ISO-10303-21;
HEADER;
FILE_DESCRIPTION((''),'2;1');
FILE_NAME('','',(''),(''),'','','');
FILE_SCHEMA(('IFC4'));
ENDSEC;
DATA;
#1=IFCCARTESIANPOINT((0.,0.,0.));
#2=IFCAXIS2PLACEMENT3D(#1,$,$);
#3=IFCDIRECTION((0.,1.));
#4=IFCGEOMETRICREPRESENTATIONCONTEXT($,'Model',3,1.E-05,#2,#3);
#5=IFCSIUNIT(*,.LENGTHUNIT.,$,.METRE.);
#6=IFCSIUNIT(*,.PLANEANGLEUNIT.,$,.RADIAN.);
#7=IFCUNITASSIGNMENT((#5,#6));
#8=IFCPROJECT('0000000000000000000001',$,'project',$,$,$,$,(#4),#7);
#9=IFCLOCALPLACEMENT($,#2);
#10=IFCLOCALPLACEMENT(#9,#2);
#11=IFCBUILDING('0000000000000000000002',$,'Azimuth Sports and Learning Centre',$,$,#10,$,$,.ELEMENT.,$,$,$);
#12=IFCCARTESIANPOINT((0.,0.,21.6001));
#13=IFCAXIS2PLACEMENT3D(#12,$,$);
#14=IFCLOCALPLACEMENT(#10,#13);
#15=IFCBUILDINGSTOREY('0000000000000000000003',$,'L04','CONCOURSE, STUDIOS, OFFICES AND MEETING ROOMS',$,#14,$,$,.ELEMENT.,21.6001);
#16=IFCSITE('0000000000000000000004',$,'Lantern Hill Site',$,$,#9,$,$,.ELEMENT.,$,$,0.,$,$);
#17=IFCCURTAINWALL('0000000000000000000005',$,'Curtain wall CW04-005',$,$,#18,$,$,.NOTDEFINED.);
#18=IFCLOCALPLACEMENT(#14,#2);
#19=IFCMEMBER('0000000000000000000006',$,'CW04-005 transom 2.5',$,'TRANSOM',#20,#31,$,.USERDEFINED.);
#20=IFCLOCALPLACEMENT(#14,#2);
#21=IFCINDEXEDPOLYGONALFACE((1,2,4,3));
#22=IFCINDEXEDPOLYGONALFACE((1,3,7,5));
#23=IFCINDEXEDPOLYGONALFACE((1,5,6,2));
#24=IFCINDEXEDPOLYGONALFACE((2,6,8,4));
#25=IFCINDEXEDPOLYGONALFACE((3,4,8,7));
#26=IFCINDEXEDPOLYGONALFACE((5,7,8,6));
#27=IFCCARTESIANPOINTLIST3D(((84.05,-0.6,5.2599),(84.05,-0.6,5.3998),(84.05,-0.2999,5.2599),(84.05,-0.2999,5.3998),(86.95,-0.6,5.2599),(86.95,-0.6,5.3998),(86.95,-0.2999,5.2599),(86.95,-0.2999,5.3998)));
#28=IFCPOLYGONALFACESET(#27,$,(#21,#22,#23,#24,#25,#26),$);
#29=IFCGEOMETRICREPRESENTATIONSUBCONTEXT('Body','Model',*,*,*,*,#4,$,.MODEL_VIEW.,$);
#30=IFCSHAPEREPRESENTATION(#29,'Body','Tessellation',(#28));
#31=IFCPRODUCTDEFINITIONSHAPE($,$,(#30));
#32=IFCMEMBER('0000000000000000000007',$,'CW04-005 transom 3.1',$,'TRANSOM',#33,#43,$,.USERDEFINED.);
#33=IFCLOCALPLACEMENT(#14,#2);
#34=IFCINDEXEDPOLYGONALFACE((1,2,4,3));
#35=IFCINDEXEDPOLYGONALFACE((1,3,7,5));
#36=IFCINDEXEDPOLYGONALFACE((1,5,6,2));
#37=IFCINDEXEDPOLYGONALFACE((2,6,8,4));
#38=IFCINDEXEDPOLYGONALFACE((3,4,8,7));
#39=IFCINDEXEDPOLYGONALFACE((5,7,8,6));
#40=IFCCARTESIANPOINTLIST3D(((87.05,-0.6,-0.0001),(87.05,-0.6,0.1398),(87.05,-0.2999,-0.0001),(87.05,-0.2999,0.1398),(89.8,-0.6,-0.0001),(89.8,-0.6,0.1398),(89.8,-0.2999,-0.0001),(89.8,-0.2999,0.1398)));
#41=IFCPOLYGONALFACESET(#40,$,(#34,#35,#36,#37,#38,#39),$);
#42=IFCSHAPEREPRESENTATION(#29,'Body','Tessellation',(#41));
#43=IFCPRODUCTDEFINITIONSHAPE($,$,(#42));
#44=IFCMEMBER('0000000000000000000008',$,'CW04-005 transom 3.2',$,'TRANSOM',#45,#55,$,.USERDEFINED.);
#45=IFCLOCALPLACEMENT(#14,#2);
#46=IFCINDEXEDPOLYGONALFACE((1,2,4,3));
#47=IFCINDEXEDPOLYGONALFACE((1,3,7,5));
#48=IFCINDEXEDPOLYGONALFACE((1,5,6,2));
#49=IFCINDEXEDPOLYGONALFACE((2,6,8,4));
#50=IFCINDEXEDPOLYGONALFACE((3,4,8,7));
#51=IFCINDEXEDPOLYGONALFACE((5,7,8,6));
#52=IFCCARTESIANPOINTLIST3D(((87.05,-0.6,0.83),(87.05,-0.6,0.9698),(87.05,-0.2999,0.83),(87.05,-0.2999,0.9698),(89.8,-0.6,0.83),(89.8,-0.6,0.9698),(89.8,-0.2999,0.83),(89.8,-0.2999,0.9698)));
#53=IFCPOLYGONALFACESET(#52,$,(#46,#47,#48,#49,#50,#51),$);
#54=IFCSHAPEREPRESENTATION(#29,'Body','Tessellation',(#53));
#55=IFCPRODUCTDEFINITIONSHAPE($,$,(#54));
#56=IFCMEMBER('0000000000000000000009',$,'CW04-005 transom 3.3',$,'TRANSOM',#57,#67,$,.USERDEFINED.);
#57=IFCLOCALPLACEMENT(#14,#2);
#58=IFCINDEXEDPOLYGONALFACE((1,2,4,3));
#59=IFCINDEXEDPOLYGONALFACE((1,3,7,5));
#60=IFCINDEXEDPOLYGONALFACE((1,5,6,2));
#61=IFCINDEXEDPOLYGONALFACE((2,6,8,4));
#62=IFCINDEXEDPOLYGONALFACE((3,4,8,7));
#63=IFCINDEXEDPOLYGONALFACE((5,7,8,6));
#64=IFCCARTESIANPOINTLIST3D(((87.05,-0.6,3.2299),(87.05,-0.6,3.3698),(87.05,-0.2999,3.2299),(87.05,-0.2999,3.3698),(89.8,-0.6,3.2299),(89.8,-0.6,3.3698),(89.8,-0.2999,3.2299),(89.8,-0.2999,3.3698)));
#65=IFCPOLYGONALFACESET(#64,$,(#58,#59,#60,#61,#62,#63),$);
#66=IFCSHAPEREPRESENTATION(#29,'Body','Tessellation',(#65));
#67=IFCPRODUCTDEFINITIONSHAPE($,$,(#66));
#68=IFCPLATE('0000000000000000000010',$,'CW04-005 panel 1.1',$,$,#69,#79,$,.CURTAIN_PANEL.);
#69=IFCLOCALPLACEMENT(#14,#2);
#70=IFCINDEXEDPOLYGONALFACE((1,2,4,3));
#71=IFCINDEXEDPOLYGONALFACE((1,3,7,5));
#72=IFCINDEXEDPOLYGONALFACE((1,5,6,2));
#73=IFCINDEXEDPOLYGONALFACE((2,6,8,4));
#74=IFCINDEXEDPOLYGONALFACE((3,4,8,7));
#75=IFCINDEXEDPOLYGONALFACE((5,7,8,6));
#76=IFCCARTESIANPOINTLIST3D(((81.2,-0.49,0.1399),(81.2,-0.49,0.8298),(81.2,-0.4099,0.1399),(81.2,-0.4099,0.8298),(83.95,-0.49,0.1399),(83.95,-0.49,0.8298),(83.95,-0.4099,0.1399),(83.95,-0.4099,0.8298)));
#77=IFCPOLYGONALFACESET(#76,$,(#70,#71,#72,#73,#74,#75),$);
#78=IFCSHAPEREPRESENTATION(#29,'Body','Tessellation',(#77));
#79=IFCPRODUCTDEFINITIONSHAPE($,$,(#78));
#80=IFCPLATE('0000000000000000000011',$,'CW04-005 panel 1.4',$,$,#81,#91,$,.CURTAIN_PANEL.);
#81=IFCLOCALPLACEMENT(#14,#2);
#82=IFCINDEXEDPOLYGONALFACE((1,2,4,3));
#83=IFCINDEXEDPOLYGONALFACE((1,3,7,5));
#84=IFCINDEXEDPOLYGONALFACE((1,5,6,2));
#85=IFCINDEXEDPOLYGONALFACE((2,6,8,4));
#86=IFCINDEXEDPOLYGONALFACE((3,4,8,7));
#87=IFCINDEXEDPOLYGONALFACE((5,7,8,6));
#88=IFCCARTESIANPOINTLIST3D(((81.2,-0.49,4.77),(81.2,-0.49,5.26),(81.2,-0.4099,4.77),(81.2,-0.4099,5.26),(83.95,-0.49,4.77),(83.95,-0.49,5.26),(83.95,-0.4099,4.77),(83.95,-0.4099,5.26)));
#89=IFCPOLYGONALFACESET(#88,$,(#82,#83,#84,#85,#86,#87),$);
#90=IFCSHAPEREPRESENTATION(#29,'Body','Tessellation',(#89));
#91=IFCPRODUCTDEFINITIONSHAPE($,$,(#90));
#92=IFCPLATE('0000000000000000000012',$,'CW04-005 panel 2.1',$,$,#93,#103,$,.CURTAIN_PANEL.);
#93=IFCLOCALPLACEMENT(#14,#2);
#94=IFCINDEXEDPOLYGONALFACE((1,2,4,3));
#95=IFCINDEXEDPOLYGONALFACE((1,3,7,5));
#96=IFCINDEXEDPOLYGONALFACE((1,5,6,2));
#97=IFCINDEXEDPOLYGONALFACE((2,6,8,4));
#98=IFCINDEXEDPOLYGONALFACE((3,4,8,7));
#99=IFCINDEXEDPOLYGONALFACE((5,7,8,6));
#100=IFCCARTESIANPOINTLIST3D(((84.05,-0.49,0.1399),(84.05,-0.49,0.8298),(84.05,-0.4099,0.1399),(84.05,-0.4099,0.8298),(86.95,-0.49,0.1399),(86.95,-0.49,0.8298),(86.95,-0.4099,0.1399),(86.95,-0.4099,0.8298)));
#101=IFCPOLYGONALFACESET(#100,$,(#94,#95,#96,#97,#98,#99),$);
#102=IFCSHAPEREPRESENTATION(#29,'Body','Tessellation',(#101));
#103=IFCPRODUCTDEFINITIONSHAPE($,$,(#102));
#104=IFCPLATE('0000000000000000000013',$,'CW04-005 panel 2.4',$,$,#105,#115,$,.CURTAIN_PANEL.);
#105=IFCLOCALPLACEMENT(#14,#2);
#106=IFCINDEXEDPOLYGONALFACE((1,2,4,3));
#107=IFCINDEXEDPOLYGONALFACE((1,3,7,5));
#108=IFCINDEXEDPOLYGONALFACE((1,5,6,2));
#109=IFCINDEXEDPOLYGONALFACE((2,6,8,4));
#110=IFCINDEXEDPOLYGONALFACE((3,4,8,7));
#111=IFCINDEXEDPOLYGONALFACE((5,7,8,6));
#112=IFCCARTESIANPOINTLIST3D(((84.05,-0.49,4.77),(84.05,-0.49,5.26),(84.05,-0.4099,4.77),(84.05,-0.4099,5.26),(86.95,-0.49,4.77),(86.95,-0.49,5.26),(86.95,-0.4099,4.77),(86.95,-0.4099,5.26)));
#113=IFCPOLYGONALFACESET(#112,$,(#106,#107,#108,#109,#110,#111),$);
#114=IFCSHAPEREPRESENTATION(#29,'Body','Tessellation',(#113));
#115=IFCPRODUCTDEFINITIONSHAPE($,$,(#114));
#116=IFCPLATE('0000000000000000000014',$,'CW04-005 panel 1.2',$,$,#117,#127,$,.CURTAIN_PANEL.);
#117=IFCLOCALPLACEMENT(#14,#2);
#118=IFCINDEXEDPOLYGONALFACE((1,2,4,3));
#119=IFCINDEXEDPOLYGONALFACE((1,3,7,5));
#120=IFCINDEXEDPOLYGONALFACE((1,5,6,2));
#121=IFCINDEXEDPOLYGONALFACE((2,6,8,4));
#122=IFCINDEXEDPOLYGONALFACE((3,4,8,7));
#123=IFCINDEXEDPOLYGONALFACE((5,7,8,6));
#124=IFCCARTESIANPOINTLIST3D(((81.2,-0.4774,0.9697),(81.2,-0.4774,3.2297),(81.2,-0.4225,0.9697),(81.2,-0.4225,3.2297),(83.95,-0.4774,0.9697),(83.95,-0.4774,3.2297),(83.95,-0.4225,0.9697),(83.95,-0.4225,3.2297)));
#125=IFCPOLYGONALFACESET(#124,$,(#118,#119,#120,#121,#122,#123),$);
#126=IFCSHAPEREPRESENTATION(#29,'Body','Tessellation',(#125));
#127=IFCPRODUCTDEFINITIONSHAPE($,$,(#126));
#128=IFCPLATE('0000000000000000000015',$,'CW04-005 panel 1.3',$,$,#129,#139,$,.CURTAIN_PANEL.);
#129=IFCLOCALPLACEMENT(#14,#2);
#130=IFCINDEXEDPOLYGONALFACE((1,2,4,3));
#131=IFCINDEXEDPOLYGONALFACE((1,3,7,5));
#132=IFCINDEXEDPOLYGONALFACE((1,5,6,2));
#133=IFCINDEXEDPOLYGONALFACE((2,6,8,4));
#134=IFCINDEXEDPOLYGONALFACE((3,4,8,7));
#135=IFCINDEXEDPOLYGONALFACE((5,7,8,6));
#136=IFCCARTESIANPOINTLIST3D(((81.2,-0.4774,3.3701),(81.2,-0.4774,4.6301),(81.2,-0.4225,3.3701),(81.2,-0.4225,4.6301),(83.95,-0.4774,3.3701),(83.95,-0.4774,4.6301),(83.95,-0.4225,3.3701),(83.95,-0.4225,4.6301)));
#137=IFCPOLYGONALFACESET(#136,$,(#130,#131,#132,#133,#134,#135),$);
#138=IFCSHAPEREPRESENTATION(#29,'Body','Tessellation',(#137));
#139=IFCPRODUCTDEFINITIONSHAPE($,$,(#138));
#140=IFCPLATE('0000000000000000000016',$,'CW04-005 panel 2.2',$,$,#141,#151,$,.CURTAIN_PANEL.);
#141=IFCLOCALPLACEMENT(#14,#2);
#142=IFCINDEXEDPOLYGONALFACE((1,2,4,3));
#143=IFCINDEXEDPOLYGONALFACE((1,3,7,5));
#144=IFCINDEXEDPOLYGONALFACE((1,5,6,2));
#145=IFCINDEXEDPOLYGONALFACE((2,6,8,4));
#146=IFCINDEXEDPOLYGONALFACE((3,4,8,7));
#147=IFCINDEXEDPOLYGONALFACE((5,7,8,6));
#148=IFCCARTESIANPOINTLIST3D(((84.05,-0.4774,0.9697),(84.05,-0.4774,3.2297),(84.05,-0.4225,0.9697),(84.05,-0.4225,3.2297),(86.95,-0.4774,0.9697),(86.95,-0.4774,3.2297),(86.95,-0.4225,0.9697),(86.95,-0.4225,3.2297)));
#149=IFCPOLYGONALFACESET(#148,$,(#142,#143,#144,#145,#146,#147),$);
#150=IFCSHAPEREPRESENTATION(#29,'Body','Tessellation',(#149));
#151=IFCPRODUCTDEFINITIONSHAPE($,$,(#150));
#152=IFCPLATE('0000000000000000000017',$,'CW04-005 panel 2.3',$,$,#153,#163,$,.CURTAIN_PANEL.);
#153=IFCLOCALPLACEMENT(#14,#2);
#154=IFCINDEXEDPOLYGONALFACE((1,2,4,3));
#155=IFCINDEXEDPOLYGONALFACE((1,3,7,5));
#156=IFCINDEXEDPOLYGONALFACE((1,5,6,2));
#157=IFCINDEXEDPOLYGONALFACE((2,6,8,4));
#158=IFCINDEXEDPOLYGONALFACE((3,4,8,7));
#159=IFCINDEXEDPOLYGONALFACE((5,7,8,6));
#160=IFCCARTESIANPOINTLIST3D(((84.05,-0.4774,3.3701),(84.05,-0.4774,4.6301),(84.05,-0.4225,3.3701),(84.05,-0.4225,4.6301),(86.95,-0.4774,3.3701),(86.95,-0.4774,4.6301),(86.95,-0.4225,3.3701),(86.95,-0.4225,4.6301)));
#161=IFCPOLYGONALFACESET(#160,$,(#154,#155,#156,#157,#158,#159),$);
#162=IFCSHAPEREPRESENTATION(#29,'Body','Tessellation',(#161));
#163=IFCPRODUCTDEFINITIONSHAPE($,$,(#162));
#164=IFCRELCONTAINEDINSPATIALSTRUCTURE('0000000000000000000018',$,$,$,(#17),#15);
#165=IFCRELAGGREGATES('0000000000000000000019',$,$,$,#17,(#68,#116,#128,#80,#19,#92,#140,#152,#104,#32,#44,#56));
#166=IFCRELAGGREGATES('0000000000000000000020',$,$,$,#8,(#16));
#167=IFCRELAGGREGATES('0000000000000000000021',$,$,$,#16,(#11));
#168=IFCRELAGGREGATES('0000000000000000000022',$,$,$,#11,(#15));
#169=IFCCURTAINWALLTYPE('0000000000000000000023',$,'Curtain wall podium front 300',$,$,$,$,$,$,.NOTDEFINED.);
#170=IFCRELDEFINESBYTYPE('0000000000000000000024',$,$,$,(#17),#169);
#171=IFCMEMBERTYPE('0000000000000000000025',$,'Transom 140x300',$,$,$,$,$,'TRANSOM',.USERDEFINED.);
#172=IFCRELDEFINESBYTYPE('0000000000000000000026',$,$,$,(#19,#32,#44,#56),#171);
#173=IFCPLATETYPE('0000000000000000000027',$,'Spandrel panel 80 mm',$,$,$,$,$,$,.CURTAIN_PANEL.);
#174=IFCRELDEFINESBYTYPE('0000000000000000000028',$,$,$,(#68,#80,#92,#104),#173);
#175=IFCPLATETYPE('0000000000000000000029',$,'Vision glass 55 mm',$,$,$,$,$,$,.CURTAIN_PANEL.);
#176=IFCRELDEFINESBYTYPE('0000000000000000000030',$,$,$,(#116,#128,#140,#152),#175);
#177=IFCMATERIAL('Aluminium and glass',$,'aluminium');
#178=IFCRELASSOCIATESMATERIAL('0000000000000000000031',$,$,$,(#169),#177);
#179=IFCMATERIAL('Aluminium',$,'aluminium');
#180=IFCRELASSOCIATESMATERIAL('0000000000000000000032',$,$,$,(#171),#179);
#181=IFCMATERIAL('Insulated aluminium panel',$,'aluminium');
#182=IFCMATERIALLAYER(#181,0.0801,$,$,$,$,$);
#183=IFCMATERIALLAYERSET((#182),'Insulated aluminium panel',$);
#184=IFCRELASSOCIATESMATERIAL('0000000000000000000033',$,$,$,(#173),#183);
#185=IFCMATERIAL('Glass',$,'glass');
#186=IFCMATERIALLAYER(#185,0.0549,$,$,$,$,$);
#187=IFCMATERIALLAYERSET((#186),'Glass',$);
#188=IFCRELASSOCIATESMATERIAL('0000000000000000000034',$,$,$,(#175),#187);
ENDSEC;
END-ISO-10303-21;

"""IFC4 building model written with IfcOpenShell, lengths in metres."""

from ifc_helpers import new_model, si_unit, direction, frame, origin, origin_2d, place, context, subcontext, project, spatial, rectangle, extrude, material, layer, layer_set, material_profile, profile_set, type_object, element, aggregate, save


model = new_model("IFC4")

# Units and contexts
model_context = context("Model", 3, precision=1e-05, world=origin(), true_north=direction((0.0, 1.0)))
body_context = subcontext(model_context, "Body", "Model", "MODEL_VIEW")
ifc_project = project(units=[si_unit("LENGTHUNIT", "METRE"), si_unit("PLANEANGLEUNIT", "RADIAN")], contexts=[model_context])

# Site, building, storey
site_placement = place(None, origin())
site = spatial("IfcSite", under=ifc_project, at=site_placement, Name="Lantern Hill Site", CompositionType="ELEMENT", RefElevation=0.0)
building_placement = place(site_placement, origin())
building = spatial("IfcBuilding", under=site, at=building_placement, Name="Azimuth Sports and Learning Centre", CompositionType="ELEMENT")
storey_placement = place(building_placement, frame((0.0, 0.0, 21.6001)))
storey = spatial("IfcBuildingStorey", under=building, at=storey_placement, Name="L04", Description="CONCOURSE, STUDIOS, OFFICES AND MEETING ROOMS", CompositionType="ELEMENT", Elevation=21.6001)

# Curtain wall, members, plates
ifc_material_1 = material(Name="Aluminium and glass", Category="aluminium")
curtain_wall_type = type_object("IfcCurtainWallType", Name="Curtain wall podium front 300", PredefinedType="NOTDEFINED", material=ifc_material_1)
curtain_wall_placement = place(storey_placement, origin())
curtain_wall = element("IfcCurtainWall", 1, at=curtain_wall_placement, inside=storey, type_object=curtain_wall_type, Name="Curtain wall CW04-005", PredefinedType="NOTDEFINED")
ifc_material_2 = material(Name="Aluminium", Category="aluminium")
ifc_material_profile_1 = material_profile(ifc_material_2, rectangle(XDim=0.3, YDim=0.1399, at=origin_2d()), Name="Transom 140x300")
ifc_profile_set_1 = profile_set([ifc_material_profile_1], Name="Aluminium")
member_type_1 = type_object("IfcMemberType", Name="Transom 140x300", ElementType="TRANSOM", PredefinedType="USERDEFINED", material=ifc_profile_set_1)
member_1_placement = place(storey_placement, frame((84.05, -0.45, 5.3298), z_axis=(1.0, 0.0, 0.0), x_axis=(0.0, 1.0, 0.0)))
member_1 = element("IfcMember", 2, at=member_1_placement, type_object=member_type_1, Name="CW04-005 transom 2.5", ObjectType="TRANSOM", PredefinedType="USERDEFINED", context=body_context, shape_type="SweptSolid", body=[
    extrude(rectangle(XDim=0.3, YDim=0.1399, at=origin_2d()), origin(), (0.0, 0.0, 1.0), 2.8999),
])
member_2_placement = place(storey_placement, frame((87.05, -0.45, 0.0698), z_axis=(1.0, 0.0, 0.0), x_axis=(0.0, 1.0, 0.0)))
member_2 = element("IfcMember", 3, at=member_2_placement, type_object=member_type_1, Name="CW04-005 transom 3.1", ObjectType="TRANSOM", PredefinedType="USERDEFINED", context=body_context, shape_type="SweptSolid", body=[
    extrude(rectangle(XDim=0.3, YDim=0.1399, at=origin_2d()), origin(), (0.0, 0.0, 1.0), 2.75),
])
member_3_placement = place(storey_placement, frame((87.05, -0.45, 0.8999), z_axis=(1.0, 0.0, 0.0), x_axis=(0.0, 1.0, 0.0)))
member_3 = element("IfcMember", 4, at=member_3_placement, type_object=member_type_1, Name="CW04-005 transom 3.2", ObjectType="TRANSOM", PredefinedType="USERDEFINED", context=body_context, shape_type="SweptSolid", body=[
    extrude(rectangle(XDim=0.3, YDim=0.1399, at=origin_2d()), origin(), (0.0, 0.0, 1.0), 2.75),
])
member_4_placement = place(storey_placement, frame((87.05, -0.45, 3.2998), z_axis=(1.0, 0.0, 0.0), x_axis=(0.0, 1.0, 0.0)))
member_4 = element("IfcMember", 5, at=member_4_placement, type_object=member_type_1, Name="CW04-005 transom 3.3", ObjectType="TRANSOM", PredefinedType="USERDEFINED", context=body_context, shape_type="SweptSolid", body=[
    extrude(rectangle(XDim=0.3, YDim=0.1399, at=origin_2d()), origin(), (0.0, 0.0, 1.0), 2.75),
])
ifc_material_3 = material(Name="Insulated aluminium panel", Category="aluminium")
ifc_layer_1 = layer(ifc_material_3, 0.0801)
ifc_layer_set_1 = layer_set([ifc_layer_1], Name="Insulated aluminium panel")
plate_type_1 = type_object("IfcPlateType", Name="Spandrel panel 80 mm", PredefinedType="CURTAIN_PANEL", material=ifc_layer_set_1)
plate_1_placement = place(storey_placement, frame((82.575, -0.45, 0.1399), z_axis=(0.0, 0.0, 1.0), x_axis=(1.0, 0.0, 0.0)))
plate_1 = element("IfcPlate", 6, at=plate_1_placement, type_object=plate_type_1, Name="CW04-005 panel 1.1", PredefinedType="CURTAIN_PANEL", context=body_context, shape_type="SweptSolid", body=[
    extrude(rectangle(XDim=2.75, YDim=0.0801, at=origin_2d()), origin(), (0.0, 0.0, 1.0), 0.6899),
])
plate_2_placement = place(storey_placement, frame((82.575, -0.45, 4.77), z_axis=(0.0, 0.0, 1.0), x_axis=(1.0, 0.0, 0.0)))
plate_2 = element("IfcPlate", 7, at=plate_2_placement, type_object=plate_type_1, Name="CW04-005 panel 1.4", PredefinedType="CURTAIN_PANEL", context=body_context, shape_type="SweptSolid", body=[
    extrude(rectangle(XDim=2.75, YDim=0.0801, at=origin_2d()), origin(), (0.0, 0.0, 1.0), 0.49),
])
plate_3_placement = place(storey_placement, frame((85.5, -0.45, 0.1399), z_axis=(0.0, 0.0, 1.0), x_axis=(1.0, 0.0, 0.0)))
plate_3 = element("IfcPlate", 8, at=plate_3_placement, type_object=plate_type_1, Name="CW04-005 panel 2.1", PredefinedType="CURTAIN_PANEL", context=body_context, shape_type="SweptSolid", body=[
    extrude(rectangle(XDim=2.8999, YDim=0.0801, at=origin_2d()), origin(), (0.0, 0.0, 1.0), 0.6899),
])
plate_4_placement = place(storey_placement, frame((85.5, -0.45, 4.77), z_axis=(0.0, 0.0, 1.0), x_axis=(1.0, 0.0, 0.0)))
plate_4 = element("IfcPlate", 9, at=plate_4_placement, type_object=plate_type_1, Name="CW04-005 panel 2.4", PredefinedType="CURTAIN_PANEL", context=body_context, shape_type="SweptSolid", body=[
    extrude(rectangle(XDim=2.8999, YDim=0.0801, at=origin_2d()), origin(), (0.0, 0.0, 1.0), 0.49),
])
ifc_material_4 = material(Name="Glass", Category="glass")
ifc_layer_2 = layer(ifc_material_4, 0.0549)
ifc_layer_set_2 = layer_set([ifc_layer_2], Name="Glass")
plate_type_2 = type_object("IfcPlateType", Name="Vision glass 55 mm", PredefinedType="CURTAIN_PANEL", material=ifc_layer_set_2)
plate_5_placement = place(storey_placement, frame((82.575, -0.45, 0.9697), z_axis=(0.0, 0.0, 1.0), x_axis=(1.0, 0.0, 0.0)))
plate_5 = element("IfcPlate", 10, at=plate_5_placement, type_object=plate_type_2, Name="CW04-005 panel 1.2", PredefinedType="CURTAIN_PANEL", context=body_context, shape_type="SweptSolid", body=[
    extrude(rectangle(XDim=2.75, YDim=0.0549, at=origin_2d()), origin(), (0.0, 0.0, 1.0), 2.26),
])
plate_6_placement = place(storey_placement, frame((82.575, -0.45, 3.3701), z_axis=(0.0, 0.0, 1.0), x_axis=(1.0, 0.0, 0.0)))
plate_6 = element("IfcPlate", 11, at=plate_6_placement, type_object=plate_type_2, Name="CW04-005 panel 1.3", PredefinedType="CURTAIN_PANEL", context=body_context, shape_type="SweptSolid", body=[
    extrude(rectangle(XDim=2.75, YDim=0.0549, at=origin_2d()), origin(), (0.0, 0.0, 1.0), 1.26),
])
plate_7_placement = place(storey_placement, frame((85.5, -0.45, 0.9697), z_axis=(0.0, 0.0, 1.0), x_axis=(1.0, 0.0, 0.0)))
plate_7 = element("IfcPlate", 12, at=plate_7_placement, type_object=plate_type_2, Name="CW04-005 panel 2.2", PredefinedType="CURTAIN_PANEL", context=body_context, shape_type="SweptSolid", body=[
    extrude(rectangle(XDim=2.8999, YDim=0.0549, at=origin_2d()), origin(), (0.0, 0.0, 1.0), 2.26),
])
plate_8_placement = place(storey_placement, frame((85.5, -0.45, 3.3701), z_axis=(0.0, 0.0, 1.0), x_axis=(1.0, 0.0, 0.0)))
plate_8 = element("IfcPlate", 13, at=plate_8_placement, type_object=plate_type_2, Name="CW04-005 panel 2.3", PredefinedType="CURTAIN_PANEL", context=body_context, shape_type="SweptSolid", body=[
    extrude(rectangle(XDim=2.8999, YDim=0.0549, at=origin_2d()), origin(), (0.0, 0.0, 1.0), 1.26),
])
aggregate(curtain_wall, [plate_1, plate_5, plate_6, plate_2, member_1, plate_3, plate_7, plate_8, plate_4, member_2, member_3, member_4])

save(model, "model.ifc")
